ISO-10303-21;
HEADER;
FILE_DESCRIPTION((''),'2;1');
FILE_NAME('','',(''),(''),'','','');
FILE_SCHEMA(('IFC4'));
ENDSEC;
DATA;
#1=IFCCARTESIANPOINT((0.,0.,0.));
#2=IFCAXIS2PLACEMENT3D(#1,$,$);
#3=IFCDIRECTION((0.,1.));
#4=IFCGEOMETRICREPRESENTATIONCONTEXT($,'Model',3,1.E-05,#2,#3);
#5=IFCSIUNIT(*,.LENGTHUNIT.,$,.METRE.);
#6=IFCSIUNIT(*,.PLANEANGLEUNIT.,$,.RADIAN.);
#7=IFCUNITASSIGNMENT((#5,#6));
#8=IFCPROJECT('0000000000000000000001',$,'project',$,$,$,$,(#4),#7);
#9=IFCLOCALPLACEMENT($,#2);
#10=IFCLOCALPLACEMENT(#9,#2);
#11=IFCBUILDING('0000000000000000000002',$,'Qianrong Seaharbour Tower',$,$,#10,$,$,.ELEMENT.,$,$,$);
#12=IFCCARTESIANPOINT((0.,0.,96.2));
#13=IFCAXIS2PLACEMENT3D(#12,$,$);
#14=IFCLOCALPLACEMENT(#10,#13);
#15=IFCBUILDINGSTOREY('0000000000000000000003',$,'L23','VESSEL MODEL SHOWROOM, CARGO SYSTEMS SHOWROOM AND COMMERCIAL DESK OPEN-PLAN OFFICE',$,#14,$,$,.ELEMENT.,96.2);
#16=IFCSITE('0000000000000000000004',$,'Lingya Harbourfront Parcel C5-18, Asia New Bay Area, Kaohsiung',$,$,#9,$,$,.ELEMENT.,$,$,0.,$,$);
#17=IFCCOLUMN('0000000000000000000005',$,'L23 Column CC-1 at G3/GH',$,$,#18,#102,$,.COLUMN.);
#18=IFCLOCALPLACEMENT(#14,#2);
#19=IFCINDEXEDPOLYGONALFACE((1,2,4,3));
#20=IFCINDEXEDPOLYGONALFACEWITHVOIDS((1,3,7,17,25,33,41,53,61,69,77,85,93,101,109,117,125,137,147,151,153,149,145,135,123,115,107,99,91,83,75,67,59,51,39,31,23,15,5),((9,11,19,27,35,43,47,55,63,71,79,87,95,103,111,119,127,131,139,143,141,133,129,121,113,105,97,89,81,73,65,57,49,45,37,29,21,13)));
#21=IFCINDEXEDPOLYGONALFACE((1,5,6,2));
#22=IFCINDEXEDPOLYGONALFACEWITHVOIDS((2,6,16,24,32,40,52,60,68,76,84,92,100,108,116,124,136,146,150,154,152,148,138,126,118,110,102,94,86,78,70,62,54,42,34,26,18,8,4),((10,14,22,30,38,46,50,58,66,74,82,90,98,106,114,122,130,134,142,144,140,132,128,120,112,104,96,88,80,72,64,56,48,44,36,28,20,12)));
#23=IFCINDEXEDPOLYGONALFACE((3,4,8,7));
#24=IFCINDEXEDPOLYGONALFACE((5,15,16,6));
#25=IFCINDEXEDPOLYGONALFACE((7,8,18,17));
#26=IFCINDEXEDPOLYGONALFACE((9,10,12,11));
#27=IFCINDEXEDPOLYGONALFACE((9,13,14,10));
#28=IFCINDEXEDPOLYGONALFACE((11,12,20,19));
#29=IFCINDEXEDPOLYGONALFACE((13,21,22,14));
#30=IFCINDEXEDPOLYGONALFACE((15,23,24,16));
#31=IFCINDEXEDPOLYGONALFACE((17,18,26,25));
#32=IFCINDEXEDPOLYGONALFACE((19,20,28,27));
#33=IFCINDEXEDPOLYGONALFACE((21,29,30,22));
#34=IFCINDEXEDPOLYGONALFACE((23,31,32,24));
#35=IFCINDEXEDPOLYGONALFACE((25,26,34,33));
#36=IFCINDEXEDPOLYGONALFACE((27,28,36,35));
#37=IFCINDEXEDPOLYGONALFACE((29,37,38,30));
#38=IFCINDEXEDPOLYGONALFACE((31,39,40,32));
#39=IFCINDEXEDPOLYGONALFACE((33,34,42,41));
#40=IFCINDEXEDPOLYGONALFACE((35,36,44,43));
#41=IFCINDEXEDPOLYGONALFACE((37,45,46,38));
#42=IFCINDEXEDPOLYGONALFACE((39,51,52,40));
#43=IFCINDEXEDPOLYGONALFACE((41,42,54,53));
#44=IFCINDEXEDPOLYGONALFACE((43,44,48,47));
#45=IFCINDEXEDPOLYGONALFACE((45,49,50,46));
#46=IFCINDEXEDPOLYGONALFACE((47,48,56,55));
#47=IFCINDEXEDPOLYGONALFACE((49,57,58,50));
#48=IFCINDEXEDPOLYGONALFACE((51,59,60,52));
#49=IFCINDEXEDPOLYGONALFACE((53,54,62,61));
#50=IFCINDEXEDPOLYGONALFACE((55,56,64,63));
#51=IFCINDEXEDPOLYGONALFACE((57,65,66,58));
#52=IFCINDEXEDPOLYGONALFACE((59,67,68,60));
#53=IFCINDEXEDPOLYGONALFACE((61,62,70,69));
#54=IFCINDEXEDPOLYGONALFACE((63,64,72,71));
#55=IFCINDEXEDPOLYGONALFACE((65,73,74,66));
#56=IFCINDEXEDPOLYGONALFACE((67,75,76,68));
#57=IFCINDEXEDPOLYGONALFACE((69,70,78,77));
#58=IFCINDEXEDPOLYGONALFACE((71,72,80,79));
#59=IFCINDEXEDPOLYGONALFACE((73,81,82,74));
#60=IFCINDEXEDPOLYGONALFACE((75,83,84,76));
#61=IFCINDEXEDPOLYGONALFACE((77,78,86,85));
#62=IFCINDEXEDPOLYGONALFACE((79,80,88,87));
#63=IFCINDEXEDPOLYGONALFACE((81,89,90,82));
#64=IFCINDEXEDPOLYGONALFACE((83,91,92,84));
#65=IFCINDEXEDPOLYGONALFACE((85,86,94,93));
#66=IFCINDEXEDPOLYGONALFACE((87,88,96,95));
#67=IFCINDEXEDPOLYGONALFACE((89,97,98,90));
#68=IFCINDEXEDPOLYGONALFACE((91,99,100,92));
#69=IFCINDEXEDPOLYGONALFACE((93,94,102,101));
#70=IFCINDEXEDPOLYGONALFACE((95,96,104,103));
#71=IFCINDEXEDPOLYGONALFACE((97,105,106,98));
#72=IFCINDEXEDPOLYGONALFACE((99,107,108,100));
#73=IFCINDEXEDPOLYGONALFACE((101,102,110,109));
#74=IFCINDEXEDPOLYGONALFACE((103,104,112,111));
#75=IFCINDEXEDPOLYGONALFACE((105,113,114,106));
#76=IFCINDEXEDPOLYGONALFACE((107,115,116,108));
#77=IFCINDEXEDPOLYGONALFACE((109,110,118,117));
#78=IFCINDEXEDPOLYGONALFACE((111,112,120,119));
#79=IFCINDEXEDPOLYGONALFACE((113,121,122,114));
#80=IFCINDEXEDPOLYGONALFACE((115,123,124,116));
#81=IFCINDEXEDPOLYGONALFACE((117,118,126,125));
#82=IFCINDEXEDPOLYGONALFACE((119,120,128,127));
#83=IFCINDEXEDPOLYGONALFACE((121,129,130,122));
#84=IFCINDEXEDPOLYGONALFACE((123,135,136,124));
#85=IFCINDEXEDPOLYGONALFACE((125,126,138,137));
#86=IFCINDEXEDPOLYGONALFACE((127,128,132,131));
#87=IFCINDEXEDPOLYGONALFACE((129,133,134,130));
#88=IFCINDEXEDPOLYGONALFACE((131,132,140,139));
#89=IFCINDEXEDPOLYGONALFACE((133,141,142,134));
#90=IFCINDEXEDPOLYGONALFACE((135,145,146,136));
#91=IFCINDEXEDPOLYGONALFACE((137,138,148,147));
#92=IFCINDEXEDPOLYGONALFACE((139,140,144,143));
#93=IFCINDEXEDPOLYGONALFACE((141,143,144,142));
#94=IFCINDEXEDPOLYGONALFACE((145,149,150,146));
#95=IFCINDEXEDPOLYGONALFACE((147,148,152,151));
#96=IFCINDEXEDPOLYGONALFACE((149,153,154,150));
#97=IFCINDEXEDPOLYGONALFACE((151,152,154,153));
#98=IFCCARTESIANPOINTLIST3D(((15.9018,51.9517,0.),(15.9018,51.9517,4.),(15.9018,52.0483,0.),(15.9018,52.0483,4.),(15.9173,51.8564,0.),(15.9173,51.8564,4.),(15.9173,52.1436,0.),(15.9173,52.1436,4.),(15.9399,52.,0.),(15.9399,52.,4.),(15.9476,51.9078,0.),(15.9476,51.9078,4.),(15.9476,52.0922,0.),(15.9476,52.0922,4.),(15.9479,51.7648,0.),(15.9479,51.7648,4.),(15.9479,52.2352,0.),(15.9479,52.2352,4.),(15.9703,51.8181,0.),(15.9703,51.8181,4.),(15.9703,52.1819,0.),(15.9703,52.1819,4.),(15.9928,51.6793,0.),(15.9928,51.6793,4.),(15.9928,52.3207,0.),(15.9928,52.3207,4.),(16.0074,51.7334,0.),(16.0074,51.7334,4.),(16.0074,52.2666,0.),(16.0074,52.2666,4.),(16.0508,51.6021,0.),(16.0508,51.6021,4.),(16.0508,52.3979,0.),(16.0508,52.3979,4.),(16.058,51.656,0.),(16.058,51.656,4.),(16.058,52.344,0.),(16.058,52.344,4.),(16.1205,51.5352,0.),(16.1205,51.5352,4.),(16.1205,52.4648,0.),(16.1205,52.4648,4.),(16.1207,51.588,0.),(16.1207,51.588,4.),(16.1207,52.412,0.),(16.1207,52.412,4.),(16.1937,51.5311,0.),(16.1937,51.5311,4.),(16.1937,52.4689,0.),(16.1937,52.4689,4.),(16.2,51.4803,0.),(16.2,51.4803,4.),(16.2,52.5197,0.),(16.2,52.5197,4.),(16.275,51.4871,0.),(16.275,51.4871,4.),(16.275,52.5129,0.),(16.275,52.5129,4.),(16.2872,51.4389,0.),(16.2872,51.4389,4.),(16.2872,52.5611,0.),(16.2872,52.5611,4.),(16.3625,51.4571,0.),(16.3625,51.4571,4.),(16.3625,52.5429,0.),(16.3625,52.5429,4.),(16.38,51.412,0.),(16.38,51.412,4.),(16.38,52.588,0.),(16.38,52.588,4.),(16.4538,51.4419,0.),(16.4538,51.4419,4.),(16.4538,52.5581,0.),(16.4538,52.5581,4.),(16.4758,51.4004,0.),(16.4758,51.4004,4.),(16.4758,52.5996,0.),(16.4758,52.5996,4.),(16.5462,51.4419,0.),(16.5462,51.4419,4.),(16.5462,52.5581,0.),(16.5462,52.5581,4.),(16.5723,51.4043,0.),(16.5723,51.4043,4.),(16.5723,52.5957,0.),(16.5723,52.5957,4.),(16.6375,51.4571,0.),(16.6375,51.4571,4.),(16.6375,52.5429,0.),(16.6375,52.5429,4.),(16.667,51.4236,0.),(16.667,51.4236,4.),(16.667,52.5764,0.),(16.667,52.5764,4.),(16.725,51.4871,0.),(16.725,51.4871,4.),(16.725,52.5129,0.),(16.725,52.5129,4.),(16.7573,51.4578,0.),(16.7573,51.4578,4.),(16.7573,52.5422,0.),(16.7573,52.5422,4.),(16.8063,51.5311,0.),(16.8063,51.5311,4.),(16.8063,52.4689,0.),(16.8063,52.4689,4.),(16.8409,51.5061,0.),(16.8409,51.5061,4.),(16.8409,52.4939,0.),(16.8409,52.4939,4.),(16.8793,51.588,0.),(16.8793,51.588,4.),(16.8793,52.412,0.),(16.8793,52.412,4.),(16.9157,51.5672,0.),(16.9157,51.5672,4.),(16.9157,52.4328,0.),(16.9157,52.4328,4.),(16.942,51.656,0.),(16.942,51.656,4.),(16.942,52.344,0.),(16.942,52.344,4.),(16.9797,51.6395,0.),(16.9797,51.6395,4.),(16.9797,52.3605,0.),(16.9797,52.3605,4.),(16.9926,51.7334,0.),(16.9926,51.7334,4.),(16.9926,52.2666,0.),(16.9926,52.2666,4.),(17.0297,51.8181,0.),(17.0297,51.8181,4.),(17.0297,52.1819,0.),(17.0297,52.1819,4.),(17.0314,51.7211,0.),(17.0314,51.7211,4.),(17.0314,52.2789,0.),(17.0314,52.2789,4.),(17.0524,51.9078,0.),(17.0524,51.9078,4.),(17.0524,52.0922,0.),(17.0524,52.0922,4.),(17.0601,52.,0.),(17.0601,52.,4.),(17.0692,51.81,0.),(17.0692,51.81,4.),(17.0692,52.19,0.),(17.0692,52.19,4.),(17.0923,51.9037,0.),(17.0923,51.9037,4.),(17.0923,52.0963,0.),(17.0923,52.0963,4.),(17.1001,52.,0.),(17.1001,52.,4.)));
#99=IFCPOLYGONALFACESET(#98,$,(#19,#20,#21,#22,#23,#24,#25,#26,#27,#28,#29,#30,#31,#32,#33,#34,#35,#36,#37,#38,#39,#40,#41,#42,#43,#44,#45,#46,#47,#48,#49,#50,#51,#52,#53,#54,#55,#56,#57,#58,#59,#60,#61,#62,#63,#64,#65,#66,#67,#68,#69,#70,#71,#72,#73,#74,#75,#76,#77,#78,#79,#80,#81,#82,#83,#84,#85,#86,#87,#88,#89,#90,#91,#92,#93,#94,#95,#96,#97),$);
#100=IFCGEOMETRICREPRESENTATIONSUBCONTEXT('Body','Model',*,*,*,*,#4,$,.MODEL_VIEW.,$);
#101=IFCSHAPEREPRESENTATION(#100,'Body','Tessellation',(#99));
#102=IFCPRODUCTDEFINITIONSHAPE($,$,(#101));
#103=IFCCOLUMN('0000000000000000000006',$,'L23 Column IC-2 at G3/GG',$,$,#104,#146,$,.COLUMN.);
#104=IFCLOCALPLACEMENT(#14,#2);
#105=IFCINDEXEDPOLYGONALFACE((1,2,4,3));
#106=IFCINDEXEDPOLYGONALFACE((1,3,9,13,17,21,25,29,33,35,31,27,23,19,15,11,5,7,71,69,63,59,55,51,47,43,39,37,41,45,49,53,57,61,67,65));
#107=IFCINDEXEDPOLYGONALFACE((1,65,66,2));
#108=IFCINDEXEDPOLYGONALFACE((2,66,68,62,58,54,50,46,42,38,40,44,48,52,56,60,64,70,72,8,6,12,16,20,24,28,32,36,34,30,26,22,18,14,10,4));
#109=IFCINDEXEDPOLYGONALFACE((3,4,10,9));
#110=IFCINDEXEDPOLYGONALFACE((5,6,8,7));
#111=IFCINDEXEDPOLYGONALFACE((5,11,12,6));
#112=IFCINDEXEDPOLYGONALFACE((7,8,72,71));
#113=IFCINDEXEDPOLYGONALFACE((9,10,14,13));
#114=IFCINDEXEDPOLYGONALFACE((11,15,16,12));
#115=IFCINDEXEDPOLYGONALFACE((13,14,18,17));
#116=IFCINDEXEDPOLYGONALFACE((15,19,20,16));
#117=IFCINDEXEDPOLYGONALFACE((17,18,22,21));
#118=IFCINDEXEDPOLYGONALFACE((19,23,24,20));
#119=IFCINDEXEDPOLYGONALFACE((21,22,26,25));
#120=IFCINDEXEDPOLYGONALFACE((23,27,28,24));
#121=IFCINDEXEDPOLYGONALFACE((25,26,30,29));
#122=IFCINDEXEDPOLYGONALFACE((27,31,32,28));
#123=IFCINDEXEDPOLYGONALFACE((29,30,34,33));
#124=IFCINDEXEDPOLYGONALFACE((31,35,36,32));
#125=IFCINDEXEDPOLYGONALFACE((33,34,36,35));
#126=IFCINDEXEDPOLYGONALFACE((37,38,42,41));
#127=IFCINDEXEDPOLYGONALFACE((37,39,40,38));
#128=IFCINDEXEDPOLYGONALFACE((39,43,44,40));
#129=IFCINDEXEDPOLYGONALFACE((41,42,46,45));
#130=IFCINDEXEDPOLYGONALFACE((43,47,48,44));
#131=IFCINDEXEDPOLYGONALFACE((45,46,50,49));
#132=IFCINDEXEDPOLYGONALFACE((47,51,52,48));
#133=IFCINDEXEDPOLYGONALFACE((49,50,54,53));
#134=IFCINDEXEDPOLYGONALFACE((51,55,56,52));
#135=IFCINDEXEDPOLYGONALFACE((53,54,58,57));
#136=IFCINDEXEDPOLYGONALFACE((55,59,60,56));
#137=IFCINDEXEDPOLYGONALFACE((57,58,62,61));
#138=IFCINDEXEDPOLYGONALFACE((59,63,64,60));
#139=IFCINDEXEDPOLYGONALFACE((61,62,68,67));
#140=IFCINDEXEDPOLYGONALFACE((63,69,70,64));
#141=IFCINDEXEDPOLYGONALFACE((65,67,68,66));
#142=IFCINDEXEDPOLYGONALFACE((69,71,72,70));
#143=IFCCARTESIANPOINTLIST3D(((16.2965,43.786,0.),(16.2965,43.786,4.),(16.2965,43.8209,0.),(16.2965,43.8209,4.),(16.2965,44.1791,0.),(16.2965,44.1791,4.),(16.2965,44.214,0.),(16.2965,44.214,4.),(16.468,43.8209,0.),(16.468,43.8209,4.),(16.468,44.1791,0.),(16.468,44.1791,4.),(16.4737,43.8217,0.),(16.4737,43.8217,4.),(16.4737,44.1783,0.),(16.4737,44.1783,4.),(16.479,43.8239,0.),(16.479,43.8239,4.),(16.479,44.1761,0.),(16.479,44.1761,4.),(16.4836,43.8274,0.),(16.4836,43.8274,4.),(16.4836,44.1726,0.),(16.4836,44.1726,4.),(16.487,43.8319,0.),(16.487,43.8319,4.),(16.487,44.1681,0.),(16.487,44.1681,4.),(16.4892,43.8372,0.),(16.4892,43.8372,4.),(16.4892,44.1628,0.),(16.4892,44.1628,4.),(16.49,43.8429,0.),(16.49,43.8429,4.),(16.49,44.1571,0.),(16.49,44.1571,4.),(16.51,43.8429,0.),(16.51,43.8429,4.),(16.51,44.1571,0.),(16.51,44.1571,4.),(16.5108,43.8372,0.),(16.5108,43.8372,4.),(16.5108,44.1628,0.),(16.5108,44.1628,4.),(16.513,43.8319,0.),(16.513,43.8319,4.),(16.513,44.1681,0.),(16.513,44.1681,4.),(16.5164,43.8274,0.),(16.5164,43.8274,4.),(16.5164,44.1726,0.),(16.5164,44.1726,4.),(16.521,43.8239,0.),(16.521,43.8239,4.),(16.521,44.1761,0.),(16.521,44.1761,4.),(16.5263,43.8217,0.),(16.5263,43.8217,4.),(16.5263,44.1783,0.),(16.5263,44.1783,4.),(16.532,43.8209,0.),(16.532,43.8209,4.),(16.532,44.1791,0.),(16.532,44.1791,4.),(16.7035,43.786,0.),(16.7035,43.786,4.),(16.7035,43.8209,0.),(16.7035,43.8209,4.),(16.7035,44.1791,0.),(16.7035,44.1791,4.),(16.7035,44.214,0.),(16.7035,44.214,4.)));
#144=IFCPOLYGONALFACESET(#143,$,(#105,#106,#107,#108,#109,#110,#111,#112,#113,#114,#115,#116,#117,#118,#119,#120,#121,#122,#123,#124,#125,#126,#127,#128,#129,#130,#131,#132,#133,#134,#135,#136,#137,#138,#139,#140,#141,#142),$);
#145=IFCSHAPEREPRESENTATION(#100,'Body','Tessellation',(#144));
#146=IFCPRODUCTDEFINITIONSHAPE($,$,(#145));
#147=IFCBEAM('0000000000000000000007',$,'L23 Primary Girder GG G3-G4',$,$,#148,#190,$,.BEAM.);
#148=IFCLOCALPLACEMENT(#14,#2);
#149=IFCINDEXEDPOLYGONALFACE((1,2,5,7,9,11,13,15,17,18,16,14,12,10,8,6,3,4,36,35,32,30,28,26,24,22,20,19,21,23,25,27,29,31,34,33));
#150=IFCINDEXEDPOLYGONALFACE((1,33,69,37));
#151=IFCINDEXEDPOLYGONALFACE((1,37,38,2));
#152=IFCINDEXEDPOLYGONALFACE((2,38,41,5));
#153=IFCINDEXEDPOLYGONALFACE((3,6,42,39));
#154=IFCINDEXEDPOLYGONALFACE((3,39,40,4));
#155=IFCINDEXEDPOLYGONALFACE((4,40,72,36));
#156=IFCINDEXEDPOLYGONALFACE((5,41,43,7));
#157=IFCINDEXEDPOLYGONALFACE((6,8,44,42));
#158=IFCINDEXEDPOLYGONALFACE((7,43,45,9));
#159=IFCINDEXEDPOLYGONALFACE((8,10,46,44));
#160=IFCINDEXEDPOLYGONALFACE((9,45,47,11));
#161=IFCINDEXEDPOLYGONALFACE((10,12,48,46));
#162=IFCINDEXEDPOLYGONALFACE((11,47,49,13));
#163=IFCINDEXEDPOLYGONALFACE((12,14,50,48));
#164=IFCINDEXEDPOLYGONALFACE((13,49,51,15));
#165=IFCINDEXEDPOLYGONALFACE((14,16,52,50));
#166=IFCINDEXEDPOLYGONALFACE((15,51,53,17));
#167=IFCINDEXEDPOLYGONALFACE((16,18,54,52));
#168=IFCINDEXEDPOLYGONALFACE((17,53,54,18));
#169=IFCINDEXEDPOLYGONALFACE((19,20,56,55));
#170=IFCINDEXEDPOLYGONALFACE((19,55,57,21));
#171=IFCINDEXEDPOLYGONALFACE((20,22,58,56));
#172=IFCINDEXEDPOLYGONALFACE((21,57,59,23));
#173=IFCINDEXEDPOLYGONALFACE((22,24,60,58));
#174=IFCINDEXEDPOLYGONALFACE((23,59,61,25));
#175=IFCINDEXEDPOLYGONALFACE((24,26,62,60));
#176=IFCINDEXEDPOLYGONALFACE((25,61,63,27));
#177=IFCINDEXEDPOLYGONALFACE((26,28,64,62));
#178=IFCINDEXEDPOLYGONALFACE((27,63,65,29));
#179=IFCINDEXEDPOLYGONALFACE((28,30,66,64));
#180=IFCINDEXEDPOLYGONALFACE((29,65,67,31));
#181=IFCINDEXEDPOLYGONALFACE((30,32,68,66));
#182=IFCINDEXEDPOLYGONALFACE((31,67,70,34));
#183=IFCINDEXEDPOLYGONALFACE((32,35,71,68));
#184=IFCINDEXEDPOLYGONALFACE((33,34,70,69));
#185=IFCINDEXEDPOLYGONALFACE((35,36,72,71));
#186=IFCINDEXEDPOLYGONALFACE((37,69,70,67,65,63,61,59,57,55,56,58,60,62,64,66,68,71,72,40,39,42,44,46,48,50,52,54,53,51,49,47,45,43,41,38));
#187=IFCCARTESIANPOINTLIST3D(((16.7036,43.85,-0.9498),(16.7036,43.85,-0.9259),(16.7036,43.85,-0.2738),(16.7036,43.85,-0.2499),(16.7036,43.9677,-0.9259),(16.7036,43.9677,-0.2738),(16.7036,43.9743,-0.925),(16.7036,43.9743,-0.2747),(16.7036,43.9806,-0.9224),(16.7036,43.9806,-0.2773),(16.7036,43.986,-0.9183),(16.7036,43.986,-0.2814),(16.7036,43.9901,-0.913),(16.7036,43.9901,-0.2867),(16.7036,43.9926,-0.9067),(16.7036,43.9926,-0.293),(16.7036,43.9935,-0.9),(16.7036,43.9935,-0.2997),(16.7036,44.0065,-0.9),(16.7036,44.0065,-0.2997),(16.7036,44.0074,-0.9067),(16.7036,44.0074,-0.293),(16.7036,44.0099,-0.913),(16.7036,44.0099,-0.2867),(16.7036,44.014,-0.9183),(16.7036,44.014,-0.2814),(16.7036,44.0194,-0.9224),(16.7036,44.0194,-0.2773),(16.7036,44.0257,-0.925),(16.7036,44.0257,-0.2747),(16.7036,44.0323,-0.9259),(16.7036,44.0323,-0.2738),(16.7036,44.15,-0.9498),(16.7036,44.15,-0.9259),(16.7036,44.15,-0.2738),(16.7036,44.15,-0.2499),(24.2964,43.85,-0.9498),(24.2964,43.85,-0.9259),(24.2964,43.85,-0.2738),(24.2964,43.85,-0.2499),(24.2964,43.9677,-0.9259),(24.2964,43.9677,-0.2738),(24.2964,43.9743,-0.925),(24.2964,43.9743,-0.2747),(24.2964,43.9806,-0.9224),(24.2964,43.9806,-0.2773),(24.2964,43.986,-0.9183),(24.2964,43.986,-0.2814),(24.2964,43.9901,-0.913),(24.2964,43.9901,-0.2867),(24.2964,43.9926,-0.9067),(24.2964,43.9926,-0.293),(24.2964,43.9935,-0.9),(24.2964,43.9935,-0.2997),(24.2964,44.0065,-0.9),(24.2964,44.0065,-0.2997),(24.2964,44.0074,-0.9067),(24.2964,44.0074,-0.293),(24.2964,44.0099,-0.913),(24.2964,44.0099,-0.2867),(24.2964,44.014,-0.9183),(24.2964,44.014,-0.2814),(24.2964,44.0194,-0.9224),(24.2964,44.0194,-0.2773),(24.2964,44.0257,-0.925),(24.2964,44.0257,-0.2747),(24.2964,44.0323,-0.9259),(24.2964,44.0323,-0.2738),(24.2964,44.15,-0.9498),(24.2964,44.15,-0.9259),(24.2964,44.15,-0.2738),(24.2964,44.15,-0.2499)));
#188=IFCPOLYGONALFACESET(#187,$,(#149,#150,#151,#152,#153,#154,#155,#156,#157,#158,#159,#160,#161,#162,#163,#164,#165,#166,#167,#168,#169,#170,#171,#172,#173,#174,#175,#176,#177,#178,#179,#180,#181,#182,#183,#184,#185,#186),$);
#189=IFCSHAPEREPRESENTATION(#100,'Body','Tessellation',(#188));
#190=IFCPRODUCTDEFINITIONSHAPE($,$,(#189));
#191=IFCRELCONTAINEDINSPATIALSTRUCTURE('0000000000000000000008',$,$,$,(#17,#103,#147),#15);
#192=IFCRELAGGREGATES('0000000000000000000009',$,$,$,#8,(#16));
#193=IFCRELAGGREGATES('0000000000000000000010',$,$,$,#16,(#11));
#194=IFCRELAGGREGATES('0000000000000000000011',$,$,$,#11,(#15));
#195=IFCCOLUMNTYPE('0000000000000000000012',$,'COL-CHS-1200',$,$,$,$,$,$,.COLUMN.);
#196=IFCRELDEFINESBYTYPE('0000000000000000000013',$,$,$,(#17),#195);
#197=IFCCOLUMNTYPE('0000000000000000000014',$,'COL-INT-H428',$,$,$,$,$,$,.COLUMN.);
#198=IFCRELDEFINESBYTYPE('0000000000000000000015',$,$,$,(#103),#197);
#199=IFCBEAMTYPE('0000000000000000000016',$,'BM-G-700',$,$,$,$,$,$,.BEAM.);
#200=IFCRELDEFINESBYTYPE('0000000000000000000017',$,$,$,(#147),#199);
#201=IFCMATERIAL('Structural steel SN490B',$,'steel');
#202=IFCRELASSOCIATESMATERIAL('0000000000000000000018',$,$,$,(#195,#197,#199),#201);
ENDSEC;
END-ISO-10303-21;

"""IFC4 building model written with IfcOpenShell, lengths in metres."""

from ifc_helpers import new_model, si_unit, direction, frame, origin, origin_2d, place, context, subcontext, project, spatial, hollow_circle, i_section, extrude, material, material_profile, profile_set, type_object, element, save


model = new_model("IFC4")

# Units and contexts
model_context = context("Model", 3, precision=1e-05, world=origin(), true_north=direction((0.0, 1.0)))
body_context = subcontext(model_context, "Body", "Model", "MODEL_VIEW")
ifc_project = project(units=[si_unit("LENGTHUNIT", "METRE"), si_unit("PLANEANGLEUNIT", "RADIAN")], contexts=[model_context])

# Site, building, storey
site_placement = place(None, origin())
site = spatial("IfcSite", under=ifc_project, at=site_placement, Name="Lingya Harbourfront Parcel C5-18, Asia New Bay Area, Kaohsiung", CompositionType="ELEMENT", RefElevation=0.0)
building_placement = place(site_placement, origin())
building = spatial("IfcBuilding", under=site, at=building_placement, Name="Qianrong Seaharbour Tower", CompositionType="ELEMENT")
storey_placement = place(building_placement, frame((0.0, 0.0, 96.2)))
storey = spatial("IfcBuildingStorey", under=building, at=storey_placement, Name="L23", Description="VESSEL MODEL SHOWROOM, CARGO SYSTEMS SHOWROOM AND COMMERCIAL DESK OPEN-PLAN OFFICE", CompositionType="ELEMENT", Elevation=96.2)

# Columns
ifc_material_1 = material(Name="Structural steel SN490B", Category="steel")
ifc_material_profile_1 = material_profile(ifc_material_1, hollow_circle(Radius=0.6001, WallThickness=0.04, at=origin_2d()), Name="CHS1200x40")
ifc_profile_set_1 = profile_set([ifc_material_profile_1], Name="Structural steel SN490B")
column_type_1 = type_object("IfcColumnType", Name="COL-CHS-1200", PredefinedType="COLUMN", material=ifc_profile_set_1)
column_1_placement = place(storey_placement, frame((16.5, 52.0, 0.0), z_axis=(0.0, 0.0, 1.0), x_axis=(1.0, 0.0, 0.0)))
element("IfcColumn", 1, at=column_1_placement, inside=storey, type_object=column_type_1, Name="L23 Column CC-1 at G3/GH", PredefinedType="COLUMN", context=body_context, shape_type="SweptSolid", body=[
    extrude(hollow_circle(Radius=0.6001, WallThickness=0.04, at=origin_2d()), origin(), (0.0, 0.0, 1.0), 4.0),
])
ifc_material_profile_2 = material_profile(ifc_material_1, i_section(OverallWidth=0.407, OverallDepth=0.428, WebThickness=0.02, FlangeThickness=0.0349, FilletRadius=0.022, at=origin_2d()), Name="H428x407x20x35")
ifc_profile_set_2 = profile_set([ifc_material_profile_2], Name="Structural steel SN490B")
column_type_2 = type_object("IfcColumnType", Name="COL-INT-H428", PredefinedType="COLUMN", material=ifc_profile_set_2)
column_2_placement = place(storey_placement, frame((16.5, 44.0, 0.0), z_axis=(0.0, 0.0, 1.0), x_axis=(1.0, 0.0, 0.0)))
element("IfcColumn", 2, at=column_2_placement, inside=storey, type_object=column_type_2, Name="L23 Column IC-2 at G3/GG", PredefinedType="COLUMN", context=body_context, shape_type="SweptSolid", body=[
    extrude(i_section(OverallWidth=0.407, OverallDepth=0.428, WebThickness=0.02, FlangeThickness=0.0349, FilletRadius=0.022, at=origin_2d()), origin(), (0.0, 0.0, 1.0), 4.0),
])

# Beam
ifc_material_profile_3 = material_profile(ifc_material_1, i_section(OverallWidth=0.3, OverallDepth=0.7, WebThickness=0.0129, FlangeThickness=0.0239, FilletRadius=0.0259, at=origin_2d()), Name="H700x300x13x24")
ifc_profile_set_3 = profile_set([ifc_material_profile_3], Name="Structural steel SN490B")
beam_type_1 = type_object("IfcBeamType", Name="BM-G-700", PredefinedType="BEAM", material=ifc_profile_set_3)
beam_1_placement = place(storey_placement, frame((16.7036, 44.0, -0.5999), z_axis=(1.0, 0.0, 0.0), x_axis=(0.0, 1.0, 0.0)))
element("IfcBeam", 3, at=beam_1_placement, inside=storey, type_object=beam_type_1, Name="L23 Primary Girder GG G3-G4", PredefinedType="BEAM", context=body_context, shape_type="SweptSolid", body=[
    extrude(i_section(OverallWidth=0.3, OverallDepth=0.7, WebThickness=0.0129, FlangeThickness=0.0239, FilletRadius=0.0259, at=origin_2d()), origin(), (0.0, 0.0, 1.0), 7.5928),
])

save(model, "model.ifc")
